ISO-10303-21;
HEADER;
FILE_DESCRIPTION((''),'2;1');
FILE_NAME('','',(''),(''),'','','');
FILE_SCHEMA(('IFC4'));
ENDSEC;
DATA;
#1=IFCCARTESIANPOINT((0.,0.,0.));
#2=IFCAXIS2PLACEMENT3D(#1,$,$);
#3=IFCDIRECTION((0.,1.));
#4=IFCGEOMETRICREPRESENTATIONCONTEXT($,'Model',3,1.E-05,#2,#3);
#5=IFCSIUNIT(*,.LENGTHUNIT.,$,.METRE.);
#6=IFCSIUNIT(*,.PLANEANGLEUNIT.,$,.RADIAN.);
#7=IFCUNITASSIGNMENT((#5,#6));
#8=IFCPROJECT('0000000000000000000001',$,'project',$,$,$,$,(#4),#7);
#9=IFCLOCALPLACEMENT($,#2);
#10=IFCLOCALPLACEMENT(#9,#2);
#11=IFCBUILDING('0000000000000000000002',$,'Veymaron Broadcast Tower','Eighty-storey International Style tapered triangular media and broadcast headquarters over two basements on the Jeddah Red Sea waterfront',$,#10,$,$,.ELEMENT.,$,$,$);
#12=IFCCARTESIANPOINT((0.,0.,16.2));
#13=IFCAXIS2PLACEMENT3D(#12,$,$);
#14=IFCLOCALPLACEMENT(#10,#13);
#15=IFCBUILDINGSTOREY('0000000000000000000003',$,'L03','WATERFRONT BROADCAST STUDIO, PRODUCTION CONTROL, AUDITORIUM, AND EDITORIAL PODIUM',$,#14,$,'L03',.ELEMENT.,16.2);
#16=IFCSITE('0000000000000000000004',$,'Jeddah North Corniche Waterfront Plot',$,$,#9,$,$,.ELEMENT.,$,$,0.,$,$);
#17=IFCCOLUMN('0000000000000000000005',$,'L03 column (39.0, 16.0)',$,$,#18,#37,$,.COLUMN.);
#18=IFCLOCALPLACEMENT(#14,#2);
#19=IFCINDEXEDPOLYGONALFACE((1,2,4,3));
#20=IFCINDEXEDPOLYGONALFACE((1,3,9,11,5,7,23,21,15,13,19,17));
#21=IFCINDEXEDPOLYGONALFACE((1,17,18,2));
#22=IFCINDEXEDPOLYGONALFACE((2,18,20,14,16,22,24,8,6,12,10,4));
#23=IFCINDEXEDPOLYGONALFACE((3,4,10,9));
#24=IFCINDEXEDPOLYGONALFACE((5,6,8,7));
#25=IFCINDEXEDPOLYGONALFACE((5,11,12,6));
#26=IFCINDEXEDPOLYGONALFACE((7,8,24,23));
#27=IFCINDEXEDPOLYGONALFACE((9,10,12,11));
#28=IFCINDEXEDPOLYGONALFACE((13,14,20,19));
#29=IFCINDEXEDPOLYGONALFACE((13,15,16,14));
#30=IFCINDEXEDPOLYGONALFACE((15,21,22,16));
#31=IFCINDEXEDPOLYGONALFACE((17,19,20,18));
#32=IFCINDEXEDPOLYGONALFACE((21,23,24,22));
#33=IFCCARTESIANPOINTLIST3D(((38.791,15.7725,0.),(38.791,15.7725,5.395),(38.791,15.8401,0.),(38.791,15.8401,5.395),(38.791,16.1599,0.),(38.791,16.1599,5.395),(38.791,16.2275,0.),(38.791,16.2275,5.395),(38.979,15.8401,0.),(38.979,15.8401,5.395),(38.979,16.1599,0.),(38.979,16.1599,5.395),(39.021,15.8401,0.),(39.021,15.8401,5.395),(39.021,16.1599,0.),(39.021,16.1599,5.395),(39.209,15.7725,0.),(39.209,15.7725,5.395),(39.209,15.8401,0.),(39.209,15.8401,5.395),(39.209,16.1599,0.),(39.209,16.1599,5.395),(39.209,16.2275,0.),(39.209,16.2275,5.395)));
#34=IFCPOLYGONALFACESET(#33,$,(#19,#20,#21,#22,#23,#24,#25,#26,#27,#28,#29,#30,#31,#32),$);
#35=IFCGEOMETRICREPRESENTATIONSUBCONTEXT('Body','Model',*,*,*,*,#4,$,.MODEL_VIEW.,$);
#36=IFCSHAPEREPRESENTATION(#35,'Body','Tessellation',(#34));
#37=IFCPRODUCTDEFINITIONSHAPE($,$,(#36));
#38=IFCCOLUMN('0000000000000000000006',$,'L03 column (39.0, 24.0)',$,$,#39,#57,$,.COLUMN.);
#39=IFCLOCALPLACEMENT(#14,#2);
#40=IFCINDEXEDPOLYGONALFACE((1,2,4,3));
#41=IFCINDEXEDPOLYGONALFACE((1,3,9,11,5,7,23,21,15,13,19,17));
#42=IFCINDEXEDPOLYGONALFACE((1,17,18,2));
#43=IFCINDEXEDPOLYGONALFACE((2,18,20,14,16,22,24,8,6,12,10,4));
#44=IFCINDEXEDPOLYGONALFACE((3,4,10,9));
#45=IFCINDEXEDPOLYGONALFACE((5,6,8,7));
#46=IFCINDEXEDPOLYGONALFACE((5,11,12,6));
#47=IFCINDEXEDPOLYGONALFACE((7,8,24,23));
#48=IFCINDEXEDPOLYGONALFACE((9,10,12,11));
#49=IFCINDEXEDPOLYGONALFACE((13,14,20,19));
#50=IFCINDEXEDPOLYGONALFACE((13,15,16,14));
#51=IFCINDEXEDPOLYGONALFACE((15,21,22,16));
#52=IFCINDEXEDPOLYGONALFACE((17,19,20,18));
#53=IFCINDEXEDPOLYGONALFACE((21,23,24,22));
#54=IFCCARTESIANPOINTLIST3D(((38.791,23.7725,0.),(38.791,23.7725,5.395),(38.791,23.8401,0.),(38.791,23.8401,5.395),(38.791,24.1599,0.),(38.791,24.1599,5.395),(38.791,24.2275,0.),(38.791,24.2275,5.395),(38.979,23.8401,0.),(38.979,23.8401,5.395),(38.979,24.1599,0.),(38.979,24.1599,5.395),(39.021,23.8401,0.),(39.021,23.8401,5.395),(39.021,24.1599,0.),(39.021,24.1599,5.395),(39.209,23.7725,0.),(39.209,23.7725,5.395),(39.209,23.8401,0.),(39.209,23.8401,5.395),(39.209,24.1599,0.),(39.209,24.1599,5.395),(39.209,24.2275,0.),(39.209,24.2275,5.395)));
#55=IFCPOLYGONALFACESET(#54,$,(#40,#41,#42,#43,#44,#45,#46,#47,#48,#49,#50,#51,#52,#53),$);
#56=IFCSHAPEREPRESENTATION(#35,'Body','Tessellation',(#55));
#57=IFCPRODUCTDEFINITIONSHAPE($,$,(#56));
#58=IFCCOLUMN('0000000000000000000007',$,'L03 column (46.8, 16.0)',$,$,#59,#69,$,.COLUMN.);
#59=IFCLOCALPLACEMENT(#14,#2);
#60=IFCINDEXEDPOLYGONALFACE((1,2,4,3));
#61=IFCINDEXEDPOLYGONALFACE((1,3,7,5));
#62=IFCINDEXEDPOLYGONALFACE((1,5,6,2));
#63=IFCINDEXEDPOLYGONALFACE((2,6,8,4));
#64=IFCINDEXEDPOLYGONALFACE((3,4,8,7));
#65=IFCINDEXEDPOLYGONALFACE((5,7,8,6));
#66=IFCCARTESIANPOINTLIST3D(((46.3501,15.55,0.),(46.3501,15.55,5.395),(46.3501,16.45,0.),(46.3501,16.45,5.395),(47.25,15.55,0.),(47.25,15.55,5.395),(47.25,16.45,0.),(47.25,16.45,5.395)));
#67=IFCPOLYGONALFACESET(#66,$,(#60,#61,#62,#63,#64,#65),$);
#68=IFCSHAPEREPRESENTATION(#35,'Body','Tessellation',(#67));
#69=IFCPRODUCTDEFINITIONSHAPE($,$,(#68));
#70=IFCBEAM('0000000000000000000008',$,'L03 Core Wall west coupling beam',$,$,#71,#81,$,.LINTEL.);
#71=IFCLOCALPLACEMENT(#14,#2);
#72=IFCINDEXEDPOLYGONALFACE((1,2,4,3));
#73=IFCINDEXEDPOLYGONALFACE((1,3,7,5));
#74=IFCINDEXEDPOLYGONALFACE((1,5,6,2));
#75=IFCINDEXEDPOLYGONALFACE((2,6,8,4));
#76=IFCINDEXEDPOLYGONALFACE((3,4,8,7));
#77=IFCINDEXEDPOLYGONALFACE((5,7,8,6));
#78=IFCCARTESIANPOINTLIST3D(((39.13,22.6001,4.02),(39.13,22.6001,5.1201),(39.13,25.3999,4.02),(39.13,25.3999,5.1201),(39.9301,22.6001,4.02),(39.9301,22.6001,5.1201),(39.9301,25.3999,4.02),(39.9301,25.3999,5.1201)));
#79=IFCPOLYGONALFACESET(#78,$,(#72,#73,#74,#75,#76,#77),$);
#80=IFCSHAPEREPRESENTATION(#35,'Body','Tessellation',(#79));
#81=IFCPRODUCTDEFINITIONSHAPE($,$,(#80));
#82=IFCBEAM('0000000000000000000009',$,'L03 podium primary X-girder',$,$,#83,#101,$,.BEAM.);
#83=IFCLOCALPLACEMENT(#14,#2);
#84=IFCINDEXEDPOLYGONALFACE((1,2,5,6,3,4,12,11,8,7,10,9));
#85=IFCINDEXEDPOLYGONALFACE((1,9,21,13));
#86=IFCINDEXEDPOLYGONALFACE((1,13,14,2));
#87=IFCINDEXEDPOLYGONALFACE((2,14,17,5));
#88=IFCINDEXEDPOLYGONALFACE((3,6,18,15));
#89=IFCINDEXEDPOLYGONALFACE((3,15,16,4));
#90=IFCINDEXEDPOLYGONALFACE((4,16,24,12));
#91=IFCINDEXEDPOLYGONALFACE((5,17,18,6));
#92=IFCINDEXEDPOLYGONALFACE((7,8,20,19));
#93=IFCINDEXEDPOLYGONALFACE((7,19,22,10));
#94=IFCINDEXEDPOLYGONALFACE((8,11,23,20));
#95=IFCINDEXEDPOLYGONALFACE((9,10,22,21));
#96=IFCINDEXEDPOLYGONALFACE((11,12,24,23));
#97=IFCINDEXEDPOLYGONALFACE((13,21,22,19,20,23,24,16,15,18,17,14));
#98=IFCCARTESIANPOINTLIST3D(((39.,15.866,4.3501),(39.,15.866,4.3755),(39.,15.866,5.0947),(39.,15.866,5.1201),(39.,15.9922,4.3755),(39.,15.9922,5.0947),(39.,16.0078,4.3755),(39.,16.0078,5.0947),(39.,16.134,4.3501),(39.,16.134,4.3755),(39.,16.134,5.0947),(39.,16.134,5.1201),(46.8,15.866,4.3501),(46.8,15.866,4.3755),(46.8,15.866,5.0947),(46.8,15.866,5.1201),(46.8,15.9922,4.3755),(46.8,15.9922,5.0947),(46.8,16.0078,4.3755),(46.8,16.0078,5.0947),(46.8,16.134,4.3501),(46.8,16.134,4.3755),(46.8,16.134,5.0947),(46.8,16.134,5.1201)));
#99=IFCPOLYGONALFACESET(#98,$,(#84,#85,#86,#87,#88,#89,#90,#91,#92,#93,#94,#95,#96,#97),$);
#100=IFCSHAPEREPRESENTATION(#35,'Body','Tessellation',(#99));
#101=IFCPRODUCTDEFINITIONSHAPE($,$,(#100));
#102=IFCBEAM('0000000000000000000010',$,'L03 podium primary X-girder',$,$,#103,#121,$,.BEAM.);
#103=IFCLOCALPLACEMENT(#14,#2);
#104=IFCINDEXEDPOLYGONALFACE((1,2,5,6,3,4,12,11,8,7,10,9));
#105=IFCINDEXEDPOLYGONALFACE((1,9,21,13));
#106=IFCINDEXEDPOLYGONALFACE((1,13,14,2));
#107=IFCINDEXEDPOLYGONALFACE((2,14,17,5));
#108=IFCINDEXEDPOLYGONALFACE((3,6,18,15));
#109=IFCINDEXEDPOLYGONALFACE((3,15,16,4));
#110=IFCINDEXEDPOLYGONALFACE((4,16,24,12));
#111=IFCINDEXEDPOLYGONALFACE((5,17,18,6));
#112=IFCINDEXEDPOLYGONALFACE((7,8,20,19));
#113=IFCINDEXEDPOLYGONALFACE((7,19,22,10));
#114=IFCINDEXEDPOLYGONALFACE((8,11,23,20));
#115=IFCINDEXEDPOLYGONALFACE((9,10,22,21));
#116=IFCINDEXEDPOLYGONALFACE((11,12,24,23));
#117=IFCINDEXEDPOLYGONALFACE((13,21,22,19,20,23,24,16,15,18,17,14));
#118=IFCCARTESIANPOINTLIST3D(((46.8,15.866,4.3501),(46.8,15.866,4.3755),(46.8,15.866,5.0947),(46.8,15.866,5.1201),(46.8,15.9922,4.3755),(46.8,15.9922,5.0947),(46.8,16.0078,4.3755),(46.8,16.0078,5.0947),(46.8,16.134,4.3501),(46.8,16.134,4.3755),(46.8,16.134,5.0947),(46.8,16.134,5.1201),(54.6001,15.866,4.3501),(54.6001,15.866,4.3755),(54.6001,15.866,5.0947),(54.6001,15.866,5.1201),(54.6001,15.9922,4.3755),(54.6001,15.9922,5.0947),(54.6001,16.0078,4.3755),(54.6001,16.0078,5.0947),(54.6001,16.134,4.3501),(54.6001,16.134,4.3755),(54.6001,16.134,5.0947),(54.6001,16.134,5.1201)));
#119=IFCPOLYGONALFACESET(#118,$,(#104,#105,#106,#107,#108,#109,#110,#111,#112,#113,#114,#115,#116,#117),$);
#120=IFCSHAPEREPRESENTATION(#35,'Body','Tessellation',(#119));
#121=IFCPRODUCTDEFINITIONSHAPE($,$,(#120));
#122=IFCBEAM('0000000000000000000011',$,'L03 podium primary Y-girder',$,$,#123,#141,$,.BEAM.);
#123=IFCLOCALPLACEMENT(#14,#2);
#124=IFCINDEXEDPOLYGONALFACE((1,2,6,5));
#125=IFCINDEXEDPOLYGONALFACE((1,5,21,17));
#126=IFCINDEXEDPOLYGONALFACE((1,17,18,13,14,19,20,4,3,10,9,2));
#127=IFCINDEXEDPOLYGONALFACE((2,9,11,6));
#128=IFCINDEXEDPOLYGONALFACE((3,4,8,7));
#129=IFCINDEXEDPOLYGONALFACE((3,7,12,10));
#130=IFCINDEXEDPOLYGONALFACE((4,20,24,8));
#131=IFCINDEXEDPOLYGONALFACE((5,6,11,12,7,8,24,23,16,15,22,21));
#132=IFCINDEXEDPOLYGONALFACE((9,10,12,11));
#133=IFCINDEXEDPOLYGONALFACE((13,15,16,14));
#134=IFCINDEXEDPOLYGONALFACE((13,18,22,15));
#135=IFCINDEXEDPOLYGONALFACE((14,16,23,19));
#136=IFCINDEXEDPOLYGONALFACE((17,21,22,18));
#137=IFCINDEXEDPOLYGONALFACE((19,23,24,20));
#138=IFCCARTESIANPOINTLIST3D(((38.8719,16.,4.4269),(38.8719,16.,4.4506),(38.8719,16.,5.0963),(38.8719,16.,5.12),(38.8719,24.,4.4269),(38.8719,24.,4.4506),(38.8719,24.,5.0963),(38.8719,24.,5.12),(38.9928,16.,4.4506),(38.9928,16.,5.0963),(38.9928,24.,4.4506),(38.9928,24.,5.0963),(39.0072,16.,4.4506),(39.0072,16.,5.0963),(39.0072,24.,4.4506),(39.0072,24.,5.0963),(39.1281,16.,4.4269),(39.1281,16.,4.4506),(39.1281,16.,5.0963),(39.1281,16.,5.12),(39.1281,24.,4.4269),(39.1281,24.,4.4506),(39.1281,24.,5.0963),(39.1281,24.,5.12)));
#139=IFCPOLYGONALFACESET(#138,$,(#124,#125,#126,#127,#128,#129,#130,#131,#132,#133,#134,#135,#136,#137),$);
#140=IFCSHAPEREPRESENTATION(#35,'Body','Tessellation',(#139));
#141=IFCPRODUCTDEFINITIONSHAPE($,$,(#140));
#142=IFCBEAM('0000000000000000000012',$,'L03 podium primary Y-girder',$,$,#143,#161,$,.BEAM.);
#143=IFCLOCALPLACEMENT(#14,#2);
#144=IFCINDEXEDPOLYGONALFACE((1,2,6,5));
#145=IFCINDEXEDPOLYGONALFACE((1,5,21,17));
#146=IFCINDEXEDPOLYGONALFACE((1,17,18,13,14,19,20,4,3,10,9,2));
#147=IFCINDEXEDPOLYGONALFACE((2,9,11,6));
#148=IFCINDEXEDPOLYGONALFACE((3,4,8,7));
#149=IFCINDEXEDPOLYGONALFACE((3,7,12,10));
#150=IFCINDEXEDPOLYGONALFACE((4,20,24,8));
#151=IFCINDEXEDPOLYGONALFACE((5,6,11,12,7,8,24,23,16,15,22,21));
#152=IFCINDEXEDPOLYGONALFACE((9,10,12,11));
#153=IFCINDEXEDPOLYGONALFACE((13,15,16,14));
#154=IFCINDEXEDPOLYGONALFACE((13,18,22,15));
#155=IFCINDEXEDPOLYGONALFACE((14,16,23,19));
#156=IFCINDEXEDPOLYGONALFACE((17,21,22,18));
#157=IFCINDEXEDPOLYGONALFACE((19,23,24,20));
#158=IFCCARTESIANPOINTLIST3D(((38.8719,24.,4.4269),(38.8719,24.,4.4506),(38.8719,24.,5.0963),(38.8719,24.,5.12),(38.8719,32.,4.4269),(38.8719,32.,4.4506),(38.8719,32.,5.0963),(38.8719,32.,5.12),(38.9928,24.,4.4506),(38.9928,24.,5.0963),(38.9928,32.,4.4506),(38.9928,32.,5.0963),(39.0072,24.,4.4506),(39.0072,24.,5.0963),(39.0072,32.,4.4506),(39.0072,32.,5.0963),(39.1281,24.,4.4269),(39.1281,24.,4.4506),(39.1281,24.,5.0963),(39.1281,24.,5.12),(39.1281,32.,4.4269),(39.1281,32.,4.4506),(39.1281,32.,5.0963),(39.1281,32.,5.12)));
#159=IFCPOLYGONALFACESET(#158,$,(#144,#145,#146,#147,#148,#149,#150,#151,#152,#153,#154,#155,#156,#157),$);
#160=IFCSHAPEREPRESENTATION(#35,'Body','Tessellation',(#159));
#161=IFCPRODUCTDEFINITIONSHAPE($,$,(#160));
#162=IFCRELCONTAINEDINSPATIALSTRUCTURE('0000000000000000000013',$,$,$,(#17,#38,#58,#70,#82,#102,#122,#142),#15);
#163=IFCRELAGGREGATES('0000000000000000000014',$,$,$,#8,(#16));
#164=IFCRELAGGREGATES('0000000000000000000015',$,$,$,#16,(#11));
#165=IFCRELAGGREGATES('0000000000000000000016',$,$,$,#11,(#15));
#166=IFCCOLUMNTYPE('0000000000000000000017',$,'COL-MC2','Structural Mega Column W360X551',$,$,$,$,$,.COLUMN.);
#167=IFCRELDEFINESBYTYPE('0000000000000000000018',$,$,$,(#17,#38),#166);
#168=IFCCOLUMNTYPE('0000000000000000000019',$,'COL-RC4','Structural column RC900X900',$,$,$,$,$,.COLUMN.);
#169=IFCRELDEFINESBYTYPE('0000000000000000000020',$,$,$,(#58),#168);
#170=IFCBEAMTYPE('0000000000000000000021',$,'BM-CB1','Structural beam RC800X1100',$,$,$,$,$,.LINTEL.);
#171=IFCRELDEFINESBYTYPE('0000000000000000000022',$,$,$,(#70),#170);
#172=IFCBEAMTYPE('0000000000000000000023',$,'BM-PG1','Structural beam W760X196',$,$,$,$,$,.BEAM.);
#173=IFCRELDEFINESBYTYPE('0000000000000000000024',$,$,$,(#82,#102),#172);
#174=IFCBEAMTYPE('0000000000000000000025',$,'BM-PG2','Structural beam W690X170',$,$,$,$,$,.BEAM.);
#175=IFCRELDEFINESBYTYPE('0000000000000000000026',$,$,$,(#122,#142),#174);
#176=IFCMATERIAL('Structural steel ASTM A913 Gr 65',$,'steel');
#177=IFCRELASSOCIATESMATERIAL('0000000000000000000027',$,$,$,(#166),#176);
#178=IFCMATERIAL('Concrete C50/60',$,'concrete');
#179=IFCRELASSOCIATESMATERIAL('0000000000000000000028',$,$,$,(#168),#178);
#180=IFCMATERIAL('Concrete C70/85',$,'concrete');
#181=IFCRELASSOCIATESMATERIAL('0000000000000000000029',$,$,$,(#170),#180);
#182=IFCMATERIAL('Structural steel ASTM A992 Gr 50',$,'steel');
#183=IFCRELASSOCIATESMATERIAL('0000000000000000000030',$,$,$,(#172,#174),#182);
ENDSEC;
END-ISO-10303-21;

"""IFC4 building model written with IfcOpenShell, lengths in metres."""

from ifc_helpers import new_model, si_unit, direction, frame, origin, origin_2d, place, context, subcontext, project, spatial, rectangle, i_section, extrude, material, material_profile, profile_set, type_object, element, save


model = new_model("IFC4")

# Units and contexts
model_context = context("Model", 3, precision=1e-05, world=origin(), true_north=direction((0.0, 1.0)))
body_context = subcontext(model_context, "Body", "Model", "MODEL_VIEW")
ifc_project = project(units=[si_unit("LENGTHUNIT", "METRE"), si_unit("PLANEANGLEUNIT", "RADIAN")], contexts=[model_context])

# Site, building, storey
site_placement = place(None, origin())
site = spatial("IfcSite", under=ifc_project, at=site_placement, Name="Jeddah North Corniche Waterfront Plot", CompositionType="ELEMENT", RefElevation=0.0)
building_placement = place(site_placement, origin())
building = spatial("IfcBuilding", under=site, at=building_placement, Name="Veymaron Broadcast Tower", Description="Eighty-storey International Style tapered triangular media and broadcast headquarters over two basements on the Jeddah Red Sea waterfront", CompositionType="ELEMENT")
storey_placement = place(building_placement, frame((0.0, 0.0, 16.2)))
storey = spatial("IfcBuildingStorey", under=building, at=storey_placement, Name="L03", Description="WATERFRONT BROADCAST STUDIO, PRODUCTION CONTROL, AUDITORIUM, AND EDITORIAL PODIUM", LongName="L03", CompositionType="ELEMENT", Elevation=16.2)

# Columns
ifc_material_1 = material(Name="Structural steel ASTM A913 Gr 65", Category="steel")
ifc_material_profile_1 = material_profile(ifc_material_1, i_section(OverallWidth=0.418, OverallDepth=0.4551, WebThickness=0.042, FlangeThickness=0.0676, at=origin_2d()), Name="W360X551")
ifc_profile_set_1 = profile_set([ifc_material_profile_1], Name="Structural steel ASTM A913 Gr 65")
column_type_1 = type_object("IfcColumnType", Name="COL-MC2", Description="Structural Mega Column W360X551", PredefinedType="COLUMN", material=ifc_profile_set_1)
for number, where, z_axis, x_axis, name in (
    (1, (39.0, 16.0, 0.0), (0.0, 0.0, 1.0), (1.0, 0.0, 0.0), "L03 column (39.0, 16.0)"),
    (2, (39.0, 24.0, 0.0), (0.0, 0.0, 1.0), (1.0, 0.0, 0.0), "L03 column (39.0, 24.0)"),
):
    element("IfcColumn", number, at=place(storey_placement, frame(where, z_axis=z_axis, x_axis=x_axis)), inside=storey, type_object=column_type_1, Name=name, PredefinedType="COLUMN", context=body_context, shape_type="SweptSolid", body=[
        extrude(i_section(OverallWidth=0.418, OverallDepth=0.4551, WebThickness=0.042, FlangeThickness=0.0676, at=origin_2d()), origin(), (0.0, 0.0, 1.0), 5.395),
    ])
ifc_material_2 = material(Name="Concrete C50/60", Category="concrete")
ifc_material_profile_2 = material_profile(ifc_material_2, rectangle(XDim=0.8999, YDim=0.8999, at=origin_2d()), Name="RC900X900")
ifc_profile_set_2 = profile_set([ifc_material_profile_2], Name="Concrete C50/60")
column_type_2 = type_object("IfcColumnType", Name="COL-RC4", Description="Structural column RC900X900", PredefinedType="COLUMN", material=ifc_profile_set_2)
column_placement = place(storey_placement, frame((46.8, 16.0, 0.0), z_axis=(0.0, 0.0, 1.0), x_axis=(1.0, 0.0, 0.0)))
element("IfcColumn", 3, at=column_placement, inside=storey, type_object=column_type_2, Name="L03 column (46.8, 16.0)", PredefinedType="COLUMN", context=body_context, shape_type="SweptSolid", body=[
    extrude(rectangle(XDim=0.8999, YDim=0.8999, at=origin_2d()), origin(), (0.0, 0.0, 1.0), 5.395),
])

# Beams
ifc_material_3 = material(Name="Concrete C70/85", Category="concrete")
ifc_material_profile_3 = material_profile(ifc_material_3, rectangle(XDim=0.8, YDim=1.1001, at=origin_2d()), Name="RC800X1100")
ifc_profile_set_3 = profile_set([ifc_material_profile_3], Name="Concrete C70/85")
beam_type_1 = type_object("IfcBeamType", Name="BM-CB1", Description="Structural beam RC800X1100", PredefinedType="LINTEL", material=ifc_profile_set_3)
beam_placement = place(storey_placement, frame((39.53, 22.6001, 4.5701), z_axis=(0.0, 1.0, 0.0), x_axis=(-1.0, 0.0, 0.0)))
element("IfcBeam", 4, at=beam_placement, inside=storey, type_object=beam_type_1, Name="L03 Core Wall west coupling beam", PredefinedType="LINTEL", context=body_context, shape_type="SweptSolid", body=[
    extrude(rectangle(XDim=0.8, YDim=1.1001, at=origin_2d()), origin(), (0.0, 0.0, 1.0), 2.7998),
])
ifc_material_4 = material(Name="Structural steel ASTM A992 Gr 50", Category="steel")
ifc_material_profile_4 = material_profile(ifc_material_4, i_section(OverallWidth=0.2681, OverallDepth=0.77, WebThickness=0.0156, FlangeThickness=0.0254, at=origin_2d()), Name="W760X196")
ifc_profile_set_4 = profile_set([ifc_material_profile_4], Name="Structural steel ASTM A992 Gr 50")
beam_type_2 = type_object("IfcBeamType", Name="BM-PG1", Description="Structural beam W760X196", PredefinedType="BEAM", material=ifc_profile_set_4)
for number, where, z_axis, x_axis, name in (
    (5, (39.0, 16.0, 4.7351), (1.0, 0.0, 0.0), (0.0, 1.0, 0.0), "L03 podium primary X-girder"),
    (6, (46.8, 16.0, 4.7351), (1.0, 0.0, 0.0), (0.0, 1.0, 0.0), "L03 podium primary X-girder"),
):
    element("IfcBeam", number, at=place(storey_placement, frame(where, z_axis=z_axis, x_axis=x_axis)), inside=storey, type_object=beam_type_2, Name=name, PredefinedType="BEAM", context=body_context, shape_type="SweptSolid", body=[
        extrude(i_section(OverallWidth=0.2681, OverallDepth=0.77, WebThickness=0.0156, FlangeThickness=0.0254, at=origin_2d()), origin(), (0.0, 0.0, 1.0), 7.8),
    ])
ifc_material_profile_5 = material_profile(ifc_material_4, i_section(OverallWidth=0.2561, OverallDepth=0.6931, WebThickness=0.0144, FlangeThickness=0.0237, at=origin_2d()), Name="W690X170")
ifc_profile_set_5 = profile_set([ifc_material_profile_5], Name="Structural steel ASTM A992 Gr 50")
beam_type_3 = type_object("IfcBeamType", Name="BM-PG2", Description="Structural beam W690X170", PredefinedType="BEAM", material=ifc_profile_set_5)
for number, where, z_axis, x_axis, name in (
    (7, (39.0, 16.0, 4.7734), (0.0, 1.0, 0.0), (-1.0, 0.0, 0.0), "L03 podium primary Y-girder"),
    (8, (39.0, 24.0, 4.7734), (0.0, 1.0, 0.0), (-1.0, 0.0, 0.0), "L03 podium primary Y-girder"),
):
    element("IfcBeam", number, at=place(storey_placement, frame(where, z_axis=z_axis, x_axis=x_axis)), inside=storey, type_object=beam_type_3, Name=name, PredefinedType="BEAM", context=body_context, shape_type="SweptSolid", body=[
        extrude(i_section(OverallWidth=0.2561, OverallDepth=0.6931, WebThickness=0.0144, FlangeThickness=0.0237, at=origin_2d()), origin(), (0.0, 0.0, 1.0), 8.0),
    ])

save(model, "model.ifc")
